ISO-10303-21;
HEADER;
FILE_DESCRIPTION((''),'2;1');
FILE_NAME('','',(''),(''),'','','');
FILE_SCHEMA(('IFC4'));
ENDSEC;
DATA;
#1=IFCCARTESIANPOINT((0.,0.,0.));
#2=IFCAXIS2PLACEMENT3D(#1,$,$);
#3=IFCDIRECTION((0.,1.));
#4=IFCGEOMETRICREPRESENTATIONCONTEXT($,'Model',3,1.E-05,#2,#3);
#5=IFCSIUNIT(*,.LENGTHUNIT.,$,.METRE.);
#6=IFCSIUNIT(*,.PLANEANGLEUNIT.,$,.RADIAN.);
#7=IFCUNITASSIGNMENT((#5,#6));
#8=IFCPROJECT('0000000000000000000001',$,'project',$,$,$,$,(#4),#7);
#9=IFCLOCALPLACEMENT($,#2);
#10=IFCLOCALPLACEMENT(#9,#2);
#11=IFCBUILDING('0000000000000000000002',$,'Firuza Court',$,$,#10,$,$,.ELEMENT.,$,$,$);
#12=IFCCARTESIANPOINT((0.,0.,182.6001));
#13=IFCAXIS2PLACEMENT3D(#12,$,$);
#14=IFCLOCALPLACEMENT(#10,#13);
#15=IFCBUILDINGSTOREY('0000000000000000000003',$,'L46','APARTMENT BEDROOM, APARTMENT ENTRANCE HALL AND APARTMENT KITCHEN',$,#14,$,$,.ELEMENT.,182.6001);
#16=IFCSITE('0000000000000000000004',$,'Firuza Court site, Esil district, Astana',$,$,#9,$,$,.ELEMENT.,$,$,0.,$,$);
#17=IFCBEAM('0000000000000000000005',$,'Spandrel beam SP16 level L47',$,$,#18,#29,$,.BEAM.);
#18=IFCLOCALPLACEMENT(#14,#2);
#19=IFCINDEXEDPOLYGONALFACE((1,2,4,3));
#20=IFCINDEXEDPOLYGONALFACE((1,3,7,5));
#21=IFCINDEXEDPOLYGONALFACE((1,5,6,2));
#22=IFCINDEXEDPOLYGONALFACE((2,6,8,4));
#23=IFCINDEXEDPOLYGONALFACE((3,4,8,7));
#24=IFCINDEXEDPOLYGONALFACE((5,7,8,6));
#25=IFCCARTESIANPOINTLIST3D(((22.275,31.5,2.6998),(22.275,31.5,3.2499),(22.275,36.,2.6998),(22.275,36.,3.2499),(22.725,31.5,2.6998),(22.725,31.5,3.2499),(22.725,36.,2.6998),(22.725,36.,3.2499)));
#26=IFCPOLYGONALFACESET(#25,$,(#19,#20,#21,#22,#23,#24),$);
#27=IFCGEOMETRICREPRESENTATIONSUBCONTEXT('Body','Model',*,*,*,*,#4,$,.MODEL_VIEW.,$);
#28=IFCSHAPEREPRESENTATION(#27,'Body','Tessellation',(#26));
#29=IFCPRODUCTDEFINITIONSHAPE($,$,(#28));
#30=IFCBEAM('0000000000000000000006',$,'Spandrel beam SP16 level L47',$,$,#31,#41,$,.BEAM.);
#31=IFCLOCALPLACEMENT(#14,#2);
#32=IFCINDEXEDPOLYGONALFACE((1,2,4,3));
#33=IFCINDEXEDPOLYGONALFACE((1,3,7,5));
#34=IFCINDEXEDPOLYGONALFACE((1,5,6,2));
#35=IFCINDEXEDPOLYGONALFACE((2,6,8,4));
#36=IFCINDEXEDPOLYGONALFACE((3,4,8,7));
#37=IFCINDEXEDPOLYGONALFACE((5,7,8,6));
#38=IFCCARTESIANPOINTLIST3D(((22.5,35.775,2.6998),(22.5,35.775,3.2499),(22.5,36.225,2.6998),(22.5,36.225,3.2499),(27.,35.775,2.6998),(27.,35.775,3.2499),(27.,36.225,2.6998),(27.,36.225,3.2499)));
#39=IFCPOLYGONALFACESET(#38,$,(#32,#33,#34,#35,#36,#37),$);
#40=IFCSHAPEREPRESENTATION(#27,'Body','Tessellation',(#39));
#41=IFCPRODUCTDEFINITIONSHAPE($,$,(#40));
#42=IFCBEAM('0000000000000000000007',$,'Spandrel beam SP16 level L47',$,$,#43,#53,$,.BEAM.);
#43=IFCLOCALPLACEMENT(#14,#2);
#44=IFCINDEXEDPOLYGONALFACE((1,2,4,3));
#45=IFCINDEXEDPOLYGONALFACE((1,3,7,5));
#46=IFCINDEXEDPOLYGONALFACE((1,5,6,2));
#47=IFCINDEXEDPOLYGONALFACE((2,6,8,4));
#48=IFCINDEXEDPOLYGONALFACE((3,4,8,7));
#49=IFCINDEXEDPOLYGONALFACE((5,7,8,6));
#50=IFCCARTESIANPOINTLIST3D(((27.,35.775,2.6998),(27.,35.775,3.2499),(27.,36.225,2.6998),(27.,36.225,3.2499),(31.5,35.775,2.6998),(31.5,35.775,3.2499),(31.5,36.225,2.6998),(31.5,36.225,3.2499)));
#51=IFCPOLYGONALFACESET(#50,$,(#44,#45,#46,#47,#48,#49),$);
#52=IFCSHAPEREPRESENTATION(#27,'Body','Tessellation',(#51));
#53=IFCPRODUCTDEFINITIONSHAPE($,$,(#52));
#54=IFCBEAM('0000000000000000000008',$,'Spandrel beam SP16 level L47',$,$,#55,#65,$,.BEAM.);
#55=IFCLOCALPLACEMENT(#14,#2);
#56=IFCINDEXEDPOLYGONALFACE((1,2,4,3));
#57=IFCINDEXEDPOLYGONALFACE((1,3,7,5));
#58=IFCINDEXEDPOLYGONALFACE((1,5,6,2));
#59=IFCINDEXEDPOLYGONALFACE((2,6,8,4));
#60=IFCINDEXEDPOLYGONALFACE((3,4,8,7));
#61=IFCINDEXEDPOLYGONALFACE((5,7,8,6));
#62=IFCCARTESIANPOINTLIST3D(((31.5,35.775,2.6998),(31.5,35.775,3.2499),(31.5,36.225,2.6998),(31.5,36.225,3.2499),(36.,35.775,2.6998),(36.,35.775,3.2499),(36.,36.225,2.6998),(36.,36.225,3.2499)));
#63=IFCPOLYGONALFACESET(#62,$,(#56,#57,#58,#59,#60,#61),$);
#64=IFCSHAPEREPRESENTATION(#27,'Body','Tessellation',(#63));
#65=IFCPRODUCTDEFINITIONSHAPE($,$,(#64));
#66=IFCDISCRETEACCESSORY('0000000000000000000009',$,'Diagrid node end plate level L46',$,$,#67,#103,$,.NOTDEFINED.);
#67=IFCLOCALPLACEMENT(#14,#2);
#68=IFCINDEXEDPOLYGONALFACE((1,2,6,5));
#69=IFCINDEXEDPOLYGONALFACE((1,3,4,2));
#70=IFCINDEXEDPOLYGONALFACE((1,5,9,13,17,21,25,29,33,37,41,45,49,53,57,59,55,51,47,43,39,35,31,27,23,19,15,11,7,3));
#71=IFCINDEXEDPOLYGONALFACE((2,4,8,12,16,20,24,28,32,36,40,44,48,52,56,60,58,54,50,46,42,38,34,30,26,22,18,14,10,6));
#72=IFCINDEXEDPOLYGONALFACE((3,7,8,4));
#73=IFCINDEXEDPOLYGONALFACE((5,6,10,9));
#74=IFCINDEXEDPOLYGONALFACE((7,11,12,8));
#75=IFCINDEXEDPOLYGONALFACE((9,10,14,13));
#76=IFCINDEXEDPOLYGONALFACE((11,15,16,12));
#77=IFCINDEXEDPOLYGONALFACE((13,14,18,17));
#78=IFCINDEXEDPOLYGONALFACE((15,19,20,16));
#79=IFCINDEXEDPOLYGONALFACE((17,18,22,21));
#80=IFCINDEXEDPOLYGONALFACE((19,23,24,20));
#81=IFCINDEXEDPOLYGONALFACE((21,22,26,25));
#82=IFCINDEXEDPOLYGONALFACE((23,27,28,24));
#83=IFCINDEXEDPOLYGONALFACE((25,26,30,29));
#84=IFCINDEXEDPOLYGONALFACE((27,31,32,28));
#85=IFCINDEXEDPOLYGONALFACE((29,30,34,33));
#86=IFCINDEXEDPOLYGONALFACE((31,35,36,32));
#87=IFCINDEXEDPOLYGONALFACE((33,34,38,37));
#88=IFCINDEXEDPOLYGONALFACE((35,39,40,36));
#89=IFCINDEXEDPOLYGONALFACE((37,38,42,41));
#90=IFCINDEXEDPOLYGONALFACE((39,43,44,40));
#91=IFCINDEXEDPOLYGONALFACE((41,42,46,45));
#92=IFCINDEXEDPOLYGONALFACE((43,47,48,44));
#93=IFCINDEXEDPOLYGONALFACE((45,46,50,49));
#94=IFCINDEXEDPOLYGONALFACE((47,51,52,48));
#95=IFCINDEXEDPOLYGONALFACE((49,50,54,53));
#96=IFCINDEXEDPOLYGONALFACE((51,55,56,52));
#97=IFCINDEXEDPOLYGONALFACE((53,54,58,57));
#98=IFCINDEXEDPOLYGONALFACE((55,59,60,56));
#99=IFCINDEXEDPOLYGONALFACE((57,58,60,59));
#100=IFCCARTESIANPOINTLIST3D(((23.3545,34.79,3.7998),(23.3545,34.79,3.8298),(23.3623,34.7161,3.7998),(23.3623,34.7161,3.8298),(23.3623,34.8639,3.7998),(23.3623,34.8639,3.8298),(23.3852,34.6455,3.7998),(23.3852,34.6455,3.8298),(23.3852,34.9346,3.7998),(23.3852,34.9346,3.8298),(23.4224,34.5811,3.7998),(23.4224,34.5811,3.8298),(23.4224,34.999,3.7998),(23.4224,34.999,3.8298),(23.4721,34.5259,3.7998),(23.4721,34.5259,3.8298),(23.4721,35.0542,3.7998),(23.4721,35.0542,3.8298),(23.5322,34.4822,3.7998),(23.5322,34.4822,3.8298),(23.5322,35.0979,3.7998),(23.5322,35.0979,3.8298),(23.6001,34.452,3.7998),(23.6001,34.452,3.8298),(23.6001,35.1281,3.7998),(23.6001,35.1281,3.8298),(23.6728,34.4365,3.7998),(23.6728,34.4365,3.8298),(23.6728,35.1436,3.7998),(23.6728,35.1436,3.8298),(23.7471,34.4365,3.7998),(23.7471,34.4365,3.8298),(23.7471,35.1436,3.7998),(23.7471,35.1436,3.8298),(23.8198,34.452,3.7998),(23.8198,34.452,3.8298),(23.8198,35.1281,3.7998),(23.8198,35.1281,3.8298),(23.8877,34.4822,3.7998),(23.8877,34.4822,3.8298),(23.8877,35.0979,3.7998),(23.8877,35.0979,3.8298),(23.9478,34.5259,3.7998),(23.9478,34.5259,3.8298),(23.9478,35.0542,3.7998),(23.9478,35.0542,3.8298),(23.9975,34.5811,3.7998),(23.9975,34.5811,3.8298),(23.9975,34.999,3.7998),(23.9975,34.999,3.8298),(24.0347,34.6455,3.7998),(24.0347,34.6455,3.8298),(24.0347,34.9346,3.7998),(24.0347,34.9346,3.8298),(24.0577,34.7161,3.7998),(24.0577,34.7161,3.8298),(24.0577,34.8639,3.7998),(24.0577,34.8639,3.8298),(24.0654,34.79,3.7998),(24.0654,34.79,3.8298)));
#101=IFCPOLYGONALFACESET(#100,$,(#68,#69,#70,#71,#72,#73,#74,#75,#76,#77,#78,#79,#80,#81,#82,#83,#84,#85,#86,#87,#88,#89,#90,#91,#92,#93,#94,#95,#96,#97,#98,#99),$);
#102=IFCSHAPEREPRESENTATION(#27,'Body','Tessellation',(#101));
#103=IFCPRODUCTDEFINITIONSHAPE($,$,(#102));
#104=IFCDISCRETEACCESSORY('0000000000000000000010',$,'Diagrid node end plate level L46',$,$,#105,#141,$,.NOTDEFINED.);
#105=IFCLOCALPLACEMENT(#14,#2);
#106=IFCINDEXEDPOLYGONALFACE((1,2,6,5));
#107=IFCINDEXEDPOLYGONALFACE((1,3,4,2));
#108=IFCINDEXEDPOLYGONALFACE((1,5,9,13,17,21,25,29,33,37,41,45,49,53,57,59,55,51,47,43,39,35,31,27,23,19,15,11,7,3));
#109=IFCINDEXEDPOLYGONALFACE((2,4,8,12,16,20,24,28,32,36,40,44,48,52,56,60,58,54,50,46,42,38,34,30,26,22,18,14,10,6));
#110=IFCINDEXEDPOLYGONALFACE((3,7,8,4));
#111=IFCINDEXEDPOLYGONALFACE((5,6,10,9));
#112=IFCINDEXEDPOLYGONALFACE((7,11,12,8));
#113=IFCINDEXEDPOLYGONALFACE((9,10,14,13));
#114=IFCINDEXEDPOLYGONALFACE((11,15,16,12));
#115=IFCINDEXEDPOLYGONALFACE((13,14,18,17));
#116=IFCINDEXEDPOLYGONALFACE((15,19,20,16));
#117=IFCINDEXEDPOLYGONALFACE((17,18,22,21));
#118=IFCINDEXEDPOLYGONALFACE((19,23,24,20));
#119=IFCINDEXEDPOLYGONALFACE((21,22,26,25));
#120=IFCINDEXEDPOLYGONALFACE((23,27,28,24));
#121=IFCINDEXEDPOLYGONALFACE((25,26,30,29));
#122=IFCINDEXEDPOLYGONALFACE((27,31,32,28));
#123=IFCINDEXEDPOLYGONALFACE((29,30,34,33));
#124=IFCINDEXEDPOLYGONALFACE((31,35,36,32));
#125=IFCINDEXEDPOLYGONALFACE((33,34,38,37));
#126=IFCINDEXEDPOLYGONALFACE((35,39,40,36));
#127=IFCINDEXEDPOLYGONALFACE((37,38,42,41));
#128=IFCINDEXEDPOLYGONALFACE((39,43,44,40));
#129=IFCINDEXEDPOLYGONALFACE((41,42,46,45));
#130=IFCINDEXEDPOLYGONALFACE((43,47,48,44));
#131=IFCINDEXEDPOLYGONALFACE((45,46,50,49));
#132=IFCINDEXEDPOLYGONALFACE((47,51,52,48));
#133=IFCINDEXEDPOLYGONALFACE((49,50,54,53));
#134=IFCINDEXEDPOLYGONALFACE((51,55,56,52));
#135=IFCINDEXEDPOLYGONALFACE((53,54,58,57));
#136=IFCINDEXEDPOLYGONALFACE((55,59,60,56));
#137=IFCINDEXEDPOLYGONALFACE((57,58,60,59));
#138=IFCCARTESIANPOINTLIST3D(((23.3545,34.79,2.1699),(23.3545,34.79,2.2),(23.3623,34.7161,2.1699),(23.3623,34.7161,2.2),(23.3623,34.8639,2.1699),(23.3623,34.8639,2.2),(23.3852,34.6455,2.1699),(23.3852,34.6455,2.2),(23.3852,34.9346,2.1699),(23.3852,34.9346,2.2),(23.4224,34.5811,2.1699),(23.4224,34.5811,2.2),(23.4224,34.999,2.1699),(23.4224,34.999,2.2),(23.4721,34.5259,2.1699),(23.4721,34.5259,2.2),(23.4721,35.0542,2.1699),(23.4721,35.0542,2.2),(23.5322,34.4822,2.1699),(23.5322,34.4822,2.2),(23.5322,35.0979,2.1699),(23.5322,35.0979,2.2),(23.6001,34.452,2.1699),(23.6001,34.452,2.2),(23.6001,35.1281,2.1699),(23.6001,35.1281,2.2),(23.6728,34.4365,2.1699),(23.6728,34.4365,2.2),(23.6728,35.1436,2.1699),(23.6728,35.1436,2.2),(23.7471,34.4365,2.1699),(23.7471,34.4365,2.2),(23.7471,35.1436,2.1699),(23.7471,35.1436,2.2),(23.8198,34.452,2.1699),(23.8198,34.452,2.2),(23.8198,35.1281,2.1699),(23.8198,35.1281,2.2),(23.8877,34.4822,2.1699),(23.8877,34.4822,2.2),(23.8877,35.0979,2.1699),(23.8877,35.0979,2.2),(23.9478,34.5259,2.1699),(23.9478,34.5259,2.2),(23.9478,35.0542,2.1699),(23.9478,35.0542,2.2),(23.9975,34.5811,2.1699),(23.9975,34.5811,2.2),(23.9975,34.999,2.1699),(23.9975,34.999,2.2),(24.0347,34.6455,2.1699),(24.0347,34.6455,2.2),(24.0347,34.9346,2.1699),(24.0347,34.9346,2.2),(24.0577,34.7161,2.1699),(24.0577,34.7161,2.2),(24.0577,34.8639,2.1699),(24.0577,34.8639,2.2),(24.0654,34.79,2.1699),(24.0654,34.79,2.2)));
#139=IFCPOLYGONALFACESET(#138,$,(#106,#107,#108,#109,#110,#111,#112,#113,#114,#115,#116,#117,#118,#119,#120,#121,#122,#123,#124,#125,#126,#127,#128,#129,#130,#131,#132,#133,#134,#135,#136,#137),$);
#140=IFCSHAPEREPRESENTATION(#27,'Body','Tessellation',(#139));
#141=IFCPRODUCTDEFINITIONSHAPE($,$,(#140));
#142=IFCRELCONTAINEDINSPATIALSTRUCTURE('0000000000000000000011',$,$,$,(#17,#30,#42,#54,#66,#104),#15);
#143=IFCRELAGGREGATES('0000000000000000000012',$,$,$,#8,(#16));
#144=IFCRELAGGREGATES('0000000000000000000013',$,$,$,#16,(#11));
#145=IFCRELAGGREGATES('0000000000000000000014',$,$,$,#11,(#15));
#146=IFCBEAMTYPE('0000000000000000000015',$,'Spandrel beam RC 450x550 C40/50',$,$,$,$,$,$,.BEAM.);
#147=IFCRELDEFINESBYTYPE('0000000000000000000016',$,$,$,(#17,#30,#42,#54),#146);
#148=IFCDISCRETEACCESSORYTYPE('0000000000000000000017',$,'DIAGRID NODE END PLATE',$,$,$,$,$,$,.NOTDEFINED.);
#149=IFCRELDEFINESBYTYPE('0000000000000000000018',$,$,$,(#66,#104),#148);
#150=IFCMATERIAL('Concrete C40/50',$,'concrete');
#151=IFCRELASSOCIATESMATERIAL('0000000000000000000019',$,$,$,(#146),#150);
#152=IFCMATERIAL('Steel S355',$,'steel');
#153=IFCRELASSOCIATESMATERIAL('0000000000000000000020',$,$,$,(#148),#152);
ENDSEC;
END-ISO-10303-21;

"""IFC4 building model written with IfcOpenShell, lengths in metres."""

from ifc_helpers import new_model, si_unit, direction, frame, origin, origin_2d, place, context, subcontext, project, spatial, rectangle, circle, extrude, material, material_profile, profile_set, type_object, element, save


model = new_model("IFC4")

# Units and contexts
model_context = context("Model", 3, precision=1e-05, world=origin(), true_north=direction((0.0, 1.0)))
body_context = subcontext(model_context, "Body", "Model", "MODEL_VIEW")
ifc_project = project(units=[si_unit("LENGTHUNIT", "METRE"), si_unit("PLANEANGLEUNIT", "RADIAN")], contexts=[model_context])

# Site, building, storey
site_placement = place(None, origin())
site = spatial("IfcSite", under=ifc_project, at=site_placement, Name="Firuza Court site, Esil district, Astana", CompositionType="ELEMENT", RefElevation=0.0)
building_placement = place(site_placement, origin())
building = spatial("IfcBuilding", under=site, at=building_placement, Name="Firuza Court", CompositionType="ELEMENT")
storey_placement = place(building_placement, frame((0.0, 0.0, 182.6001)))
storey = spatial("IfcBuildingStorey", under=building, at=storey_placement, Name="L46", Description="APARTMENT BEDROOM, APARTMENT ENTRANCE HALL AND APARTMENT KITCHEN", CompositionType="ELEMENT", Elevation=182.6001)

# Beams
ifc_material_1 = material(Name="Concrete C40/50", Category="concrete")
ifc_material_profile_1 = material_profile(ifc_material_1, rectangle(XDim=0.45, YDim=0.55, at=origin_2d()), Name="RC 450x550")
ifc_profile_set_1 = profile_set([ifc_material_profile_1], Name="Concrete C40/50")
beam_type_1 = type_object("IfcBeamType", Name="Spandrel beam RC 450x550 C40/50", PredefinedType="BEAM", material=ifc_profile_set_1)
for number, where, z_axis, x_axis, name in (
    (1, (22.5, 31.5, 2.9749), (0.0, 1.0, 0.0), (-1.0, 0.0, 0.0), "Spandrel beam SP16 level L47"),
    (2, (22.5, 36.0, 2.9749), (1.0, 0.0, 0.0), (0.0, 1.0, 0.0), "Spandrel beam SP16 level L47"),
    (3, (27.0, 36.0, 2.9749), (1.0, 0.0, 0.0), (0.0, 1.0, 0.0), "Spandrel beam SP16 level L47"),
    (4, (31.5, 36.0, 2.9749), (1.0, 0.0, 0.0), (0.0, 1.0, 0.0), "Spandrel beam SP16 level L47"),
):
    element("IfcBeam", number, at=place(storey_placement, frame(where, z_axis=z_axis, x_axis=x_axis)), inside=storey, type_object=beam_type_1, Name=name, PredefinedType="BEAM", context=body_context, shape_type="SweptSolid", body=[
        extrude(rectangle(XDim=0.45, YDim=0.55, at=origin_2d()), origin(), (0.0, 0.0, 1.0), 4.5),
    ])

# Discrete accessories
ifc_material_2 = material(Name="Steel S355", Category="steel")
ifc_material_profile_2 = material_profile(ifc_material_2, circle(Radius=0.3555, at=origin_2d()), Name="PL D711")
ifc_profile_set_2 = profile_set([ifc_material_profile_2], Name="Steel S355")
discrete_accessory_type = type_object("IfcDiscreteAccessoryType", Name="DIAGRID NODE END PLATE", PredefinedType="NOTDEFINED", material=ifc_profile_set_2)
for number, where, z_axis, x_axis, name in (
    (5, (23.71, 34.79, 3.7998), (0.0, 0.0, 1.0), (1.0, 0.0, 0.0), "Diagrid node end plate level L46"),
    (6, (23.71, 34.79, 2.1699), (0.0, 0.0, 1.0), (1.0, 0.0, 0.0), "Diagrid node end plate level L46"),
):
    element("IfcDiscreteAccessory", number, at=place(storey_placement, frame(where, z_axis=z_axis, x_axis=x_axis)), inside=storey, type_object=discrete_accessory_type, Name=name, PredefinedType="NOTDEFINED", context=body_context, shape_type="SweptSolid", body=[
        extrude(circle(Radius=0.3555, at=origin_2d()), origin(), (0.0, 0.0, 1.0), 0.03),
    ])

save(model, "model.ifc")
